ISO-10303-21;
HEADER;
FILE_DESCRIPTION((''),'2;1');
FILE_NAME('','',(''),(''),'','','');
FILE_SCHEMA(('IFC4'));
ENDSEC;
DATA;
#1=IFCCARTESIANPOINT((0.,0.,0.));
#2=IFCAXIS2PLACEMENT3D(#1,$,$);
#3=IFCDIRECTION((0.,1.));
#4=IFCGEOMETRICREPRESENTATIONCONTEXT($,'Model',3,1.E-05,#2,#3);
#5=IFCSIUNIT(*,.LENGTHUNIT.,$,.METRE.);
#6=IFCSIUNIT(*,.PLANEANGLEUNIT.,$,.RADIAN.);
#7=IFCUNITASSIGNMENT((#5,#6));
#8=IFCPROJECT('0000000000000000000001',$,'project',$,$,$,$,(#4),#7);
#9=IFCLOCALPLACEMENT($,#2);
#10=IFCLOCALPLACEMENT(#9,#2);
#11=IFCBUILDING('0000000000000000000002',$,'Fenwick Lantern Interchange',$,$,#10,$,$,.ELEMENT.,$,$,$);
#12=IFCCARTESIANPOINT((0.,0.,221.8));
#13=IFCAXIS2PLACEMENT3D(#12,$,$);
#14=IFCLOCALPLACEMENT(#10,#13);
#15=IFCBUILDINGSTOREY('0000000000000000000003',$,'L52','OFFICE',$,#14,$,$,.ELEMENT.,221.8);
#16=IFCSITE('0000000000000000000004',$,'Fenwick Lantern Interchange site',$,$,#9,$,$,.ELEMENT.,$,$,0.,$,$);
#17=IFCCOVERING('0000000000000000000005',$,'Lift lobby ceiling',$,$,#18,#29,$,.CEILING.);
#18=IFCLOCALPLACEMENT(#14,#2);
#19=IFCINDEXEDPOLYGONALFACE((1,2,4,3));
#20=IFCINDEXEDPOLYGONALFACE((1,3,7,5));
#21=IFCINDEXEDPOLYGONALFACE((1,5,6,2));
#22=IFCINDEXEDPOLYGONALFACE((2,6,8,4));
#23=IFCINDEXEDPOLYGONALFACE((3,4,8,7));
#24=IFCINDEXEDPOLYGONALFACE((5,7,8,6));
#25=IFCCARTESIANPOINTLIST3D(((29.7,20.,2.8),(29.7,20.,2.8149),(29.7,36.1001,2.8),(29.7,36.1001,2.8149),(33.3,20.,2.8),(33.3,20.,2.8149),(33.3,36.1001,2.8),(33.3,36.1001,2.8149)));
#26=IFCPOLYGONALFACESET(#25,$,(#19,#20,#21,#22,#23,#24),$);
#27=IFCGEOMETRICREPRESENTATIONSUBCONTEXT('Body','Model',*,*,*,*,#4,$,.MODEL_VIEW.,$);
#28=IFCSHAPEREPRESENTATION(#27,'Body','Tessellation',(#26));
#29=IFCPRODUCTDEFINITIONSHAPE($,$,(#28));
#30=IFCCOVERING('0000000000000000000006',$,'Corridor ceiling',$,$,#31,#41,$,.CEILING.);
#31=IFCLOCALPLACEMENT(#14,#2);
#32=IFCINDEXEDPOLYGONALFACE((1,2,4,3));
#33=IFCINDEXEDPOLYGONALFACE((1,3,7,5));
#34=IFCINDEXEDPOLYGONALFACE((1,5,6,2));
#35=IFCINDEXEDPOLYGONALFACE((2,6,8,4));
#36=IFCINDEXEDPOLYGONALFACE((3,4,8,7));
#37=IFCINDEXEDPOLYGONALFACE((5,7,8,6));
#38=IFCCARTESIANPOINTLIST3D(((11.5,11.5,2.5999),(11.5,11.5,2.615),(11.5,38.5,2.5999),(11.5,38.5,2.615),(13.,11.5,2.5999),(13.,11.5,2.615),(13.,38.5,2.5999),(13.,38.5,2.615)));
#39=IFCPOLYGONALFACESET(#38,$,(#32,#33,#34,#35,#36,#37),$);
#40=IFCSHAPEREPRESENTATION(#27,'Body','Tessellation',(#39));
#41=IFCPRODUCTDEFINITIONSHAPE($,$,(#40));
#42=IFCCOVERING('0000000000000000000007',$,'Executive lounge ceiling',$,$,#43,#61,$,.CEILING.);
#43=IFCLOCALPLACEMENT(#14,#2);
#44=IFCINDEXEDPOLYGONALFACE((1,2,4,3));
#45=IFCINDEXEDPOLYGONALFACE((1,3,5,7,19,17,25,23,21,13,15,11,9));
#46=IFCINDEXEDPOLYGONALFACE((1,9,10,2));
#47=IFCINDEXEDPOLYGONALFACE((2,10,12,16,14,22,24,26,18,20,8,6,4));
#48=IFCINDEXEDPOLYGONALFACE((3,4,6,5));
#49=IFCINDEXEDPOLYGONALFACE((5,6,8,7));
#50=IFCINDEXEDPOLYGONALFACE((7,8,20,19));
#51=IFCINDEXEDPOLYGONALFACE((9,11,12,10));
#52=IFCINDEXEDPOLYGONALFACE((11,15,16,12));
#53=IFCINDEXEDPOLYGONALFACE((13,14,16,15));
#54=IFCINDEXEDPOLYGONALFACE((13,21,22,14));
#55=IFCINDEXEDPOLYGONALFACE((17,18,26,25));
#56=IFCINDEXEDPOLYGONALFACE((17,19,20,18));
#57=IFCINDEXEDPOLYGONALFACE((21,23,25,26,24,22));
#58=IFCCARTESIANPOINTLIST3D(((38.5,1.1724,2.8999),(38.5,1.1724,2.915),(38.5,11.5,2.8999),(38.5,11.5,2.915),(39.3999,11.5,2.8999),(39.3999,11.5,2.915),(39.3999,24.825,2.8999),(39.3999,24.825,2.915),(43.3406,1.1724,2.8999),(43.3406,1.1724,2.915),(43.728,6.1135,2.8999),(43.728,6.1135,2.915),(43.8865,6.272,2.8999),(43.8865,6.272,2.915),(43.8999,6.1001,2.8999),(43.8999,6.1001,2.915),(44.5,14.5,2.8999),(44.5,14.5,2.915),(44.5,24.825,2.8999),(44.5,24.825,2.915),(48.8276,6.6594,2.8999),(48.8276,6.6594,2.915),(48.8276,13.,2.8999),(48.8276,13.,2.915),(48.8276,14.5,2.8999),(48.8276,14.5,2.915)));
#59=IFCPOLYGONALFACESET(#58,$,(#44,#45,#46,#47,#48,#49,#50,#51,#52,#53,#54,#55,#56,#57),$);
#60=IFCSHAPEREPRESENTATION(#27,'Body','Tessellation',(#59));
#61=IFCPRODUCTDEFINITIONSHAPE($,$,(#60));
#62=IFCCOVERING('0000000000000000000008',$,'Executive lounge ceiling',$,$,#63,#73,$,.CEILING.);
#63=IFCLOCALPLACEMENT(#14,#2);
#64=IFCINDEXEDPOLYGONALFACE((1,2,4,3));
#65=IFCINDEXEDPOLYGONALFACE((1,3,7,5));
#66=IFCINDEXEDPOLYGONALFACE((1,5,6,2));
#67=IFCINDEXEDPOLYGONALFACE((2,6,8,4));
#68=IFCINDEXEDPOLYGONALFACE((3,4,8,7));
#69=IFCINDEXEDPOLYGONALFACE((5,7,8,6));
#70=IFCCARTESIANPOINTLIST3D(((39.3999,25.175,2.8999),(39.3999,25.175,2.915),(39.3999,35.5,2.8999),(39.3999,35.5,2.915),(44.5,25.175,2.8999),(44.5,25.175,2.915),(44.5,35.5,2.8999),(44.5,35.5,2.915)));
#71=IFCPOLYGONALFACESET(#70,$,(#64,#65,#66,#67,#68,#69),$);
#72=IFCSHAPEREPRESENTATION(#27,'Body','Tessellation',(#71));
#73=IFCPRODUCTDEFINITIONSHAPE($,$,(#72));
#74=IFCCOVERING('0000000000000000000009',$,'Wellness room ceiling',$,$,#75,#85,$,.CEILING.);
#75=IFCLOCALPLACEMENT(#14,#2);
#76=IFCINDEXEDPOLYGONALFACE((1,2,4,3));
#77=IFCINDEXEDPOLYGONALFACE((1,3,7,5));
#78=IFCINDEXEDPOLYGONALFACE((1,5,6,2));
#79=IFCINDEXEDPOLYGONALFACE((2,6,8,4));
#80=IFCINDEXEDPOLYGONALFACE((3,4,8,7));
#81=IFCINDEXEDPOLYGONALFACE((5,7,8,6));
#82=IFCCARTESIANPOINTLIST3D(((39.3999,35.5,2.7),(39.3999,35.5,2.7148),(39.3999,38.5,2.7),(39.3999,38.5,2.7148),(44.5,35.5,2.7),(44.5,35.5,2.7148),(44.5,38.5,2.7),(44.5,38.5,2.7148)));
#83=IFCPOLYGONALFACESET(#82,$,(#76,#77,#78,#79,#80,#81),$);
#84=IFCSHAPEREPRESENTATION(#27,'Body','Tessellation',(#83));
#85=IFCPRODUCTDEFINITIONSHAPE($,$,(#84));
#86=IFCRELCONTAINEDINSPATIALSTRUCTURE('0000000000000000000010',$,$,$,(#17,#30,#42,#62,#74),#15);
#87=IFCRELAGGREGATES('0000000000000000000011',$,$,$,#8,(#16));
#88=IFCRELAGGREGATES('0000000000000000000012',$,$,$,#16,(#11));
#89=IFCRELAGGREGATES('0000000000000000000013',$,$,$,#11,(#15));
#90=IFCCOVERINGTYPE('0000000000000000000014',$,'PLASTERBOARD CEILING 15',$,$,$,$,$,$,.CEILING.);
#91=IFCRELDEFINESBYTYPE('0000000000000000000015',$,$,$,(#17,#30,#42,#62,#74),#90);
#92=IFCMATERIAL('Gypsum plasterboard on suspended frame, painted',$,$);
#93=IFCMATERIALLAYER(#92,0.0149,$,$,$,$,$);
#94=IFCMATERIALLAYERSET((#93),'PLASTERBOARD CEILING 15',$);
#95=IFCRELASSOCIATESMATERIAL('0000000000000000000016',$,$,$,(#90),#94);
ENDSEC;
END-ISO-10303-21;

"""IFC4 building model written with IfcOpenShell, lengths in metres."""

from ifc_helpers import new_model, si_unit, direction, frame, origin, place, context, subcontext, project, spatial, polyline, outline, extrude, material, layer, layer_set, type_object, element, save


model = new_model("IFC4")

# Units and contexts
model_context = context("Model", 3, precision=1e-05, world=origin(), true_north=direction((0.0, 1.0)))
body_context = subcontext(model_context, "Body", "Model", "MODEL_VIEW")
ifc_project = project(units=[si_unit("LENGTHUNIT", "METRE"), si_unit("PLANEANGLEUNIT", "RADIAN")], contexts=[model_context])

# Site, building, storey
site_placement = place(None, origin())
site = spatial("IfcSite", under=ifc_project, at=site_placement, Name="Fenwick Lantern Interchange site", CompositionType="ELEMENT", RefElevation=0.0)
building_placement = place(site_placement, origin())
building = spatial("IfcBuilding", under=site, at=building_placement, Name="Fenwick Lantern Interchange", CompositionType="ELEMENT")
storey_placement = place(building_placement, frame((0.0, 0.0, 221.8)))
storey = spatial("IfcBuildingStorey", under=building, at=storey_placement, Name="L52", Description="OFFICE", CompositionType="ELEMENT", Elevation=221.8)

# Coverings
ifc_material_1 = material(Name="Gypsum plasterboard on suspended frame, painted")
ifc_layer_1 = layer(ifc_material_1, 0.0149)
ifc_layer_set_1 = layer_set([ifc_layer_1], Name="PLASTERBOARD CEILING 15")
covering_type_1 = type_object("IfcCoveringType", Name="PLASTERBOARD CEILING 15", PredefinedType="CEILING", material=ifc_layer_set_1)
covering_1_placement = place(storey_placement, frame((0.0, 0.0, 2.8)))
element("IfcCovering", 1, at=covering_1_placement, inside=storey, type_object=covering_type_1, Name="Lift lobby ceiling", PredefinedType="CEILING", context=body_context, shape_type="SweptSolid", body=[
    extrude(outline(polyline([(33.3, 36.1001), (29.7, 36.1001), (29.7, 20.0), (33.3, 20.0), (33.3, 36.1001)])), origin(), (0.0, 0.0, 1.0), 0.0149),
])
covering_2_placement = place(storey_placement, frame((0.0, 0.0, 2.5999)))
element("IfcCovering", 2, at=covering_2_placement, inside=storey, type_object=covering_type_1, Name="Corridor ceiling", PredefinedType="CEILING", context=body_context, shape_type="SweptSolid", body=[
    extrude(outline(polyline([(13.0, 38.5), (11.5, 38.5), (11.5, 11.5), (13.0, 11.5), (13.0, 38.5)])), origin(), (0.0, 0.0, 1.0), 0.0151),
])
covering_3_placement = place(storey_placement, frame((0.0, 0.0, 2.8999)))
element("IfcCovering", 3, at=covering_3_placement, inside=storey, type_object=covering_type_1, Name="Executive lounge ceiling", PredefinedType="CEILING", context=body_context, shape_type="SweptSolid", body=[
    extrude(outline(polyline([(38.5, 11.5), (38.5, 1.1724), (43.3406, 1.1724), (43.728, 6.1135), (43.8999, 6.1001), (43.8865, 6.272), (48.8276, 6.6594), (48.8276, 13.0), (48.8276, 14.5), (44.5, 14.5), (44.5, 24.825), (39.3999, 24.825), (39.3999, 11.5), (38.5, 11.5)])), origin(), (0.0, 0.0, 1.0), 0.0151),
])
covering_4_placement = place(storey_placement, frame((0.0, 0.0, 2.8999)))
element("IfcCovering", 4, at=covering_4_placement, inside=storey, type_object=covering_type_1, Name="Executive lounge ceiling", PredefinedType="CEILING", context=body_context, shape_type="SweptSolid", body=[
    extrude(outline(polyline([(39.3999, 35.5), (39.3999, 25.175), (44.5, 25.175), (44.5, 35.5), (39.3999, 35.5)])), origin(), (0.0, 0.0, 1.0), 0.0151),
])
covering_5_placement = place(storey_placement, frame((0.0, 0.0, 2.7)))
element("IfcCovering", 5, at=covering_5_placement, inside=storey, type_object=covering_type_1, Name="Wellness room ceiling", PredefinedType="CEILING", context=body_context, shape_type="SweptSolid", body=[
    extrude(outline(polyline([(44.5, 35.5), (44.5, 38.5), (39.3999, 38.5), (39.3999, 35.5), (44.5, 35.5)])), origin(), (0.0, 0.0, 1.0), 0.0149),
])

save(model, "model.ifc")
